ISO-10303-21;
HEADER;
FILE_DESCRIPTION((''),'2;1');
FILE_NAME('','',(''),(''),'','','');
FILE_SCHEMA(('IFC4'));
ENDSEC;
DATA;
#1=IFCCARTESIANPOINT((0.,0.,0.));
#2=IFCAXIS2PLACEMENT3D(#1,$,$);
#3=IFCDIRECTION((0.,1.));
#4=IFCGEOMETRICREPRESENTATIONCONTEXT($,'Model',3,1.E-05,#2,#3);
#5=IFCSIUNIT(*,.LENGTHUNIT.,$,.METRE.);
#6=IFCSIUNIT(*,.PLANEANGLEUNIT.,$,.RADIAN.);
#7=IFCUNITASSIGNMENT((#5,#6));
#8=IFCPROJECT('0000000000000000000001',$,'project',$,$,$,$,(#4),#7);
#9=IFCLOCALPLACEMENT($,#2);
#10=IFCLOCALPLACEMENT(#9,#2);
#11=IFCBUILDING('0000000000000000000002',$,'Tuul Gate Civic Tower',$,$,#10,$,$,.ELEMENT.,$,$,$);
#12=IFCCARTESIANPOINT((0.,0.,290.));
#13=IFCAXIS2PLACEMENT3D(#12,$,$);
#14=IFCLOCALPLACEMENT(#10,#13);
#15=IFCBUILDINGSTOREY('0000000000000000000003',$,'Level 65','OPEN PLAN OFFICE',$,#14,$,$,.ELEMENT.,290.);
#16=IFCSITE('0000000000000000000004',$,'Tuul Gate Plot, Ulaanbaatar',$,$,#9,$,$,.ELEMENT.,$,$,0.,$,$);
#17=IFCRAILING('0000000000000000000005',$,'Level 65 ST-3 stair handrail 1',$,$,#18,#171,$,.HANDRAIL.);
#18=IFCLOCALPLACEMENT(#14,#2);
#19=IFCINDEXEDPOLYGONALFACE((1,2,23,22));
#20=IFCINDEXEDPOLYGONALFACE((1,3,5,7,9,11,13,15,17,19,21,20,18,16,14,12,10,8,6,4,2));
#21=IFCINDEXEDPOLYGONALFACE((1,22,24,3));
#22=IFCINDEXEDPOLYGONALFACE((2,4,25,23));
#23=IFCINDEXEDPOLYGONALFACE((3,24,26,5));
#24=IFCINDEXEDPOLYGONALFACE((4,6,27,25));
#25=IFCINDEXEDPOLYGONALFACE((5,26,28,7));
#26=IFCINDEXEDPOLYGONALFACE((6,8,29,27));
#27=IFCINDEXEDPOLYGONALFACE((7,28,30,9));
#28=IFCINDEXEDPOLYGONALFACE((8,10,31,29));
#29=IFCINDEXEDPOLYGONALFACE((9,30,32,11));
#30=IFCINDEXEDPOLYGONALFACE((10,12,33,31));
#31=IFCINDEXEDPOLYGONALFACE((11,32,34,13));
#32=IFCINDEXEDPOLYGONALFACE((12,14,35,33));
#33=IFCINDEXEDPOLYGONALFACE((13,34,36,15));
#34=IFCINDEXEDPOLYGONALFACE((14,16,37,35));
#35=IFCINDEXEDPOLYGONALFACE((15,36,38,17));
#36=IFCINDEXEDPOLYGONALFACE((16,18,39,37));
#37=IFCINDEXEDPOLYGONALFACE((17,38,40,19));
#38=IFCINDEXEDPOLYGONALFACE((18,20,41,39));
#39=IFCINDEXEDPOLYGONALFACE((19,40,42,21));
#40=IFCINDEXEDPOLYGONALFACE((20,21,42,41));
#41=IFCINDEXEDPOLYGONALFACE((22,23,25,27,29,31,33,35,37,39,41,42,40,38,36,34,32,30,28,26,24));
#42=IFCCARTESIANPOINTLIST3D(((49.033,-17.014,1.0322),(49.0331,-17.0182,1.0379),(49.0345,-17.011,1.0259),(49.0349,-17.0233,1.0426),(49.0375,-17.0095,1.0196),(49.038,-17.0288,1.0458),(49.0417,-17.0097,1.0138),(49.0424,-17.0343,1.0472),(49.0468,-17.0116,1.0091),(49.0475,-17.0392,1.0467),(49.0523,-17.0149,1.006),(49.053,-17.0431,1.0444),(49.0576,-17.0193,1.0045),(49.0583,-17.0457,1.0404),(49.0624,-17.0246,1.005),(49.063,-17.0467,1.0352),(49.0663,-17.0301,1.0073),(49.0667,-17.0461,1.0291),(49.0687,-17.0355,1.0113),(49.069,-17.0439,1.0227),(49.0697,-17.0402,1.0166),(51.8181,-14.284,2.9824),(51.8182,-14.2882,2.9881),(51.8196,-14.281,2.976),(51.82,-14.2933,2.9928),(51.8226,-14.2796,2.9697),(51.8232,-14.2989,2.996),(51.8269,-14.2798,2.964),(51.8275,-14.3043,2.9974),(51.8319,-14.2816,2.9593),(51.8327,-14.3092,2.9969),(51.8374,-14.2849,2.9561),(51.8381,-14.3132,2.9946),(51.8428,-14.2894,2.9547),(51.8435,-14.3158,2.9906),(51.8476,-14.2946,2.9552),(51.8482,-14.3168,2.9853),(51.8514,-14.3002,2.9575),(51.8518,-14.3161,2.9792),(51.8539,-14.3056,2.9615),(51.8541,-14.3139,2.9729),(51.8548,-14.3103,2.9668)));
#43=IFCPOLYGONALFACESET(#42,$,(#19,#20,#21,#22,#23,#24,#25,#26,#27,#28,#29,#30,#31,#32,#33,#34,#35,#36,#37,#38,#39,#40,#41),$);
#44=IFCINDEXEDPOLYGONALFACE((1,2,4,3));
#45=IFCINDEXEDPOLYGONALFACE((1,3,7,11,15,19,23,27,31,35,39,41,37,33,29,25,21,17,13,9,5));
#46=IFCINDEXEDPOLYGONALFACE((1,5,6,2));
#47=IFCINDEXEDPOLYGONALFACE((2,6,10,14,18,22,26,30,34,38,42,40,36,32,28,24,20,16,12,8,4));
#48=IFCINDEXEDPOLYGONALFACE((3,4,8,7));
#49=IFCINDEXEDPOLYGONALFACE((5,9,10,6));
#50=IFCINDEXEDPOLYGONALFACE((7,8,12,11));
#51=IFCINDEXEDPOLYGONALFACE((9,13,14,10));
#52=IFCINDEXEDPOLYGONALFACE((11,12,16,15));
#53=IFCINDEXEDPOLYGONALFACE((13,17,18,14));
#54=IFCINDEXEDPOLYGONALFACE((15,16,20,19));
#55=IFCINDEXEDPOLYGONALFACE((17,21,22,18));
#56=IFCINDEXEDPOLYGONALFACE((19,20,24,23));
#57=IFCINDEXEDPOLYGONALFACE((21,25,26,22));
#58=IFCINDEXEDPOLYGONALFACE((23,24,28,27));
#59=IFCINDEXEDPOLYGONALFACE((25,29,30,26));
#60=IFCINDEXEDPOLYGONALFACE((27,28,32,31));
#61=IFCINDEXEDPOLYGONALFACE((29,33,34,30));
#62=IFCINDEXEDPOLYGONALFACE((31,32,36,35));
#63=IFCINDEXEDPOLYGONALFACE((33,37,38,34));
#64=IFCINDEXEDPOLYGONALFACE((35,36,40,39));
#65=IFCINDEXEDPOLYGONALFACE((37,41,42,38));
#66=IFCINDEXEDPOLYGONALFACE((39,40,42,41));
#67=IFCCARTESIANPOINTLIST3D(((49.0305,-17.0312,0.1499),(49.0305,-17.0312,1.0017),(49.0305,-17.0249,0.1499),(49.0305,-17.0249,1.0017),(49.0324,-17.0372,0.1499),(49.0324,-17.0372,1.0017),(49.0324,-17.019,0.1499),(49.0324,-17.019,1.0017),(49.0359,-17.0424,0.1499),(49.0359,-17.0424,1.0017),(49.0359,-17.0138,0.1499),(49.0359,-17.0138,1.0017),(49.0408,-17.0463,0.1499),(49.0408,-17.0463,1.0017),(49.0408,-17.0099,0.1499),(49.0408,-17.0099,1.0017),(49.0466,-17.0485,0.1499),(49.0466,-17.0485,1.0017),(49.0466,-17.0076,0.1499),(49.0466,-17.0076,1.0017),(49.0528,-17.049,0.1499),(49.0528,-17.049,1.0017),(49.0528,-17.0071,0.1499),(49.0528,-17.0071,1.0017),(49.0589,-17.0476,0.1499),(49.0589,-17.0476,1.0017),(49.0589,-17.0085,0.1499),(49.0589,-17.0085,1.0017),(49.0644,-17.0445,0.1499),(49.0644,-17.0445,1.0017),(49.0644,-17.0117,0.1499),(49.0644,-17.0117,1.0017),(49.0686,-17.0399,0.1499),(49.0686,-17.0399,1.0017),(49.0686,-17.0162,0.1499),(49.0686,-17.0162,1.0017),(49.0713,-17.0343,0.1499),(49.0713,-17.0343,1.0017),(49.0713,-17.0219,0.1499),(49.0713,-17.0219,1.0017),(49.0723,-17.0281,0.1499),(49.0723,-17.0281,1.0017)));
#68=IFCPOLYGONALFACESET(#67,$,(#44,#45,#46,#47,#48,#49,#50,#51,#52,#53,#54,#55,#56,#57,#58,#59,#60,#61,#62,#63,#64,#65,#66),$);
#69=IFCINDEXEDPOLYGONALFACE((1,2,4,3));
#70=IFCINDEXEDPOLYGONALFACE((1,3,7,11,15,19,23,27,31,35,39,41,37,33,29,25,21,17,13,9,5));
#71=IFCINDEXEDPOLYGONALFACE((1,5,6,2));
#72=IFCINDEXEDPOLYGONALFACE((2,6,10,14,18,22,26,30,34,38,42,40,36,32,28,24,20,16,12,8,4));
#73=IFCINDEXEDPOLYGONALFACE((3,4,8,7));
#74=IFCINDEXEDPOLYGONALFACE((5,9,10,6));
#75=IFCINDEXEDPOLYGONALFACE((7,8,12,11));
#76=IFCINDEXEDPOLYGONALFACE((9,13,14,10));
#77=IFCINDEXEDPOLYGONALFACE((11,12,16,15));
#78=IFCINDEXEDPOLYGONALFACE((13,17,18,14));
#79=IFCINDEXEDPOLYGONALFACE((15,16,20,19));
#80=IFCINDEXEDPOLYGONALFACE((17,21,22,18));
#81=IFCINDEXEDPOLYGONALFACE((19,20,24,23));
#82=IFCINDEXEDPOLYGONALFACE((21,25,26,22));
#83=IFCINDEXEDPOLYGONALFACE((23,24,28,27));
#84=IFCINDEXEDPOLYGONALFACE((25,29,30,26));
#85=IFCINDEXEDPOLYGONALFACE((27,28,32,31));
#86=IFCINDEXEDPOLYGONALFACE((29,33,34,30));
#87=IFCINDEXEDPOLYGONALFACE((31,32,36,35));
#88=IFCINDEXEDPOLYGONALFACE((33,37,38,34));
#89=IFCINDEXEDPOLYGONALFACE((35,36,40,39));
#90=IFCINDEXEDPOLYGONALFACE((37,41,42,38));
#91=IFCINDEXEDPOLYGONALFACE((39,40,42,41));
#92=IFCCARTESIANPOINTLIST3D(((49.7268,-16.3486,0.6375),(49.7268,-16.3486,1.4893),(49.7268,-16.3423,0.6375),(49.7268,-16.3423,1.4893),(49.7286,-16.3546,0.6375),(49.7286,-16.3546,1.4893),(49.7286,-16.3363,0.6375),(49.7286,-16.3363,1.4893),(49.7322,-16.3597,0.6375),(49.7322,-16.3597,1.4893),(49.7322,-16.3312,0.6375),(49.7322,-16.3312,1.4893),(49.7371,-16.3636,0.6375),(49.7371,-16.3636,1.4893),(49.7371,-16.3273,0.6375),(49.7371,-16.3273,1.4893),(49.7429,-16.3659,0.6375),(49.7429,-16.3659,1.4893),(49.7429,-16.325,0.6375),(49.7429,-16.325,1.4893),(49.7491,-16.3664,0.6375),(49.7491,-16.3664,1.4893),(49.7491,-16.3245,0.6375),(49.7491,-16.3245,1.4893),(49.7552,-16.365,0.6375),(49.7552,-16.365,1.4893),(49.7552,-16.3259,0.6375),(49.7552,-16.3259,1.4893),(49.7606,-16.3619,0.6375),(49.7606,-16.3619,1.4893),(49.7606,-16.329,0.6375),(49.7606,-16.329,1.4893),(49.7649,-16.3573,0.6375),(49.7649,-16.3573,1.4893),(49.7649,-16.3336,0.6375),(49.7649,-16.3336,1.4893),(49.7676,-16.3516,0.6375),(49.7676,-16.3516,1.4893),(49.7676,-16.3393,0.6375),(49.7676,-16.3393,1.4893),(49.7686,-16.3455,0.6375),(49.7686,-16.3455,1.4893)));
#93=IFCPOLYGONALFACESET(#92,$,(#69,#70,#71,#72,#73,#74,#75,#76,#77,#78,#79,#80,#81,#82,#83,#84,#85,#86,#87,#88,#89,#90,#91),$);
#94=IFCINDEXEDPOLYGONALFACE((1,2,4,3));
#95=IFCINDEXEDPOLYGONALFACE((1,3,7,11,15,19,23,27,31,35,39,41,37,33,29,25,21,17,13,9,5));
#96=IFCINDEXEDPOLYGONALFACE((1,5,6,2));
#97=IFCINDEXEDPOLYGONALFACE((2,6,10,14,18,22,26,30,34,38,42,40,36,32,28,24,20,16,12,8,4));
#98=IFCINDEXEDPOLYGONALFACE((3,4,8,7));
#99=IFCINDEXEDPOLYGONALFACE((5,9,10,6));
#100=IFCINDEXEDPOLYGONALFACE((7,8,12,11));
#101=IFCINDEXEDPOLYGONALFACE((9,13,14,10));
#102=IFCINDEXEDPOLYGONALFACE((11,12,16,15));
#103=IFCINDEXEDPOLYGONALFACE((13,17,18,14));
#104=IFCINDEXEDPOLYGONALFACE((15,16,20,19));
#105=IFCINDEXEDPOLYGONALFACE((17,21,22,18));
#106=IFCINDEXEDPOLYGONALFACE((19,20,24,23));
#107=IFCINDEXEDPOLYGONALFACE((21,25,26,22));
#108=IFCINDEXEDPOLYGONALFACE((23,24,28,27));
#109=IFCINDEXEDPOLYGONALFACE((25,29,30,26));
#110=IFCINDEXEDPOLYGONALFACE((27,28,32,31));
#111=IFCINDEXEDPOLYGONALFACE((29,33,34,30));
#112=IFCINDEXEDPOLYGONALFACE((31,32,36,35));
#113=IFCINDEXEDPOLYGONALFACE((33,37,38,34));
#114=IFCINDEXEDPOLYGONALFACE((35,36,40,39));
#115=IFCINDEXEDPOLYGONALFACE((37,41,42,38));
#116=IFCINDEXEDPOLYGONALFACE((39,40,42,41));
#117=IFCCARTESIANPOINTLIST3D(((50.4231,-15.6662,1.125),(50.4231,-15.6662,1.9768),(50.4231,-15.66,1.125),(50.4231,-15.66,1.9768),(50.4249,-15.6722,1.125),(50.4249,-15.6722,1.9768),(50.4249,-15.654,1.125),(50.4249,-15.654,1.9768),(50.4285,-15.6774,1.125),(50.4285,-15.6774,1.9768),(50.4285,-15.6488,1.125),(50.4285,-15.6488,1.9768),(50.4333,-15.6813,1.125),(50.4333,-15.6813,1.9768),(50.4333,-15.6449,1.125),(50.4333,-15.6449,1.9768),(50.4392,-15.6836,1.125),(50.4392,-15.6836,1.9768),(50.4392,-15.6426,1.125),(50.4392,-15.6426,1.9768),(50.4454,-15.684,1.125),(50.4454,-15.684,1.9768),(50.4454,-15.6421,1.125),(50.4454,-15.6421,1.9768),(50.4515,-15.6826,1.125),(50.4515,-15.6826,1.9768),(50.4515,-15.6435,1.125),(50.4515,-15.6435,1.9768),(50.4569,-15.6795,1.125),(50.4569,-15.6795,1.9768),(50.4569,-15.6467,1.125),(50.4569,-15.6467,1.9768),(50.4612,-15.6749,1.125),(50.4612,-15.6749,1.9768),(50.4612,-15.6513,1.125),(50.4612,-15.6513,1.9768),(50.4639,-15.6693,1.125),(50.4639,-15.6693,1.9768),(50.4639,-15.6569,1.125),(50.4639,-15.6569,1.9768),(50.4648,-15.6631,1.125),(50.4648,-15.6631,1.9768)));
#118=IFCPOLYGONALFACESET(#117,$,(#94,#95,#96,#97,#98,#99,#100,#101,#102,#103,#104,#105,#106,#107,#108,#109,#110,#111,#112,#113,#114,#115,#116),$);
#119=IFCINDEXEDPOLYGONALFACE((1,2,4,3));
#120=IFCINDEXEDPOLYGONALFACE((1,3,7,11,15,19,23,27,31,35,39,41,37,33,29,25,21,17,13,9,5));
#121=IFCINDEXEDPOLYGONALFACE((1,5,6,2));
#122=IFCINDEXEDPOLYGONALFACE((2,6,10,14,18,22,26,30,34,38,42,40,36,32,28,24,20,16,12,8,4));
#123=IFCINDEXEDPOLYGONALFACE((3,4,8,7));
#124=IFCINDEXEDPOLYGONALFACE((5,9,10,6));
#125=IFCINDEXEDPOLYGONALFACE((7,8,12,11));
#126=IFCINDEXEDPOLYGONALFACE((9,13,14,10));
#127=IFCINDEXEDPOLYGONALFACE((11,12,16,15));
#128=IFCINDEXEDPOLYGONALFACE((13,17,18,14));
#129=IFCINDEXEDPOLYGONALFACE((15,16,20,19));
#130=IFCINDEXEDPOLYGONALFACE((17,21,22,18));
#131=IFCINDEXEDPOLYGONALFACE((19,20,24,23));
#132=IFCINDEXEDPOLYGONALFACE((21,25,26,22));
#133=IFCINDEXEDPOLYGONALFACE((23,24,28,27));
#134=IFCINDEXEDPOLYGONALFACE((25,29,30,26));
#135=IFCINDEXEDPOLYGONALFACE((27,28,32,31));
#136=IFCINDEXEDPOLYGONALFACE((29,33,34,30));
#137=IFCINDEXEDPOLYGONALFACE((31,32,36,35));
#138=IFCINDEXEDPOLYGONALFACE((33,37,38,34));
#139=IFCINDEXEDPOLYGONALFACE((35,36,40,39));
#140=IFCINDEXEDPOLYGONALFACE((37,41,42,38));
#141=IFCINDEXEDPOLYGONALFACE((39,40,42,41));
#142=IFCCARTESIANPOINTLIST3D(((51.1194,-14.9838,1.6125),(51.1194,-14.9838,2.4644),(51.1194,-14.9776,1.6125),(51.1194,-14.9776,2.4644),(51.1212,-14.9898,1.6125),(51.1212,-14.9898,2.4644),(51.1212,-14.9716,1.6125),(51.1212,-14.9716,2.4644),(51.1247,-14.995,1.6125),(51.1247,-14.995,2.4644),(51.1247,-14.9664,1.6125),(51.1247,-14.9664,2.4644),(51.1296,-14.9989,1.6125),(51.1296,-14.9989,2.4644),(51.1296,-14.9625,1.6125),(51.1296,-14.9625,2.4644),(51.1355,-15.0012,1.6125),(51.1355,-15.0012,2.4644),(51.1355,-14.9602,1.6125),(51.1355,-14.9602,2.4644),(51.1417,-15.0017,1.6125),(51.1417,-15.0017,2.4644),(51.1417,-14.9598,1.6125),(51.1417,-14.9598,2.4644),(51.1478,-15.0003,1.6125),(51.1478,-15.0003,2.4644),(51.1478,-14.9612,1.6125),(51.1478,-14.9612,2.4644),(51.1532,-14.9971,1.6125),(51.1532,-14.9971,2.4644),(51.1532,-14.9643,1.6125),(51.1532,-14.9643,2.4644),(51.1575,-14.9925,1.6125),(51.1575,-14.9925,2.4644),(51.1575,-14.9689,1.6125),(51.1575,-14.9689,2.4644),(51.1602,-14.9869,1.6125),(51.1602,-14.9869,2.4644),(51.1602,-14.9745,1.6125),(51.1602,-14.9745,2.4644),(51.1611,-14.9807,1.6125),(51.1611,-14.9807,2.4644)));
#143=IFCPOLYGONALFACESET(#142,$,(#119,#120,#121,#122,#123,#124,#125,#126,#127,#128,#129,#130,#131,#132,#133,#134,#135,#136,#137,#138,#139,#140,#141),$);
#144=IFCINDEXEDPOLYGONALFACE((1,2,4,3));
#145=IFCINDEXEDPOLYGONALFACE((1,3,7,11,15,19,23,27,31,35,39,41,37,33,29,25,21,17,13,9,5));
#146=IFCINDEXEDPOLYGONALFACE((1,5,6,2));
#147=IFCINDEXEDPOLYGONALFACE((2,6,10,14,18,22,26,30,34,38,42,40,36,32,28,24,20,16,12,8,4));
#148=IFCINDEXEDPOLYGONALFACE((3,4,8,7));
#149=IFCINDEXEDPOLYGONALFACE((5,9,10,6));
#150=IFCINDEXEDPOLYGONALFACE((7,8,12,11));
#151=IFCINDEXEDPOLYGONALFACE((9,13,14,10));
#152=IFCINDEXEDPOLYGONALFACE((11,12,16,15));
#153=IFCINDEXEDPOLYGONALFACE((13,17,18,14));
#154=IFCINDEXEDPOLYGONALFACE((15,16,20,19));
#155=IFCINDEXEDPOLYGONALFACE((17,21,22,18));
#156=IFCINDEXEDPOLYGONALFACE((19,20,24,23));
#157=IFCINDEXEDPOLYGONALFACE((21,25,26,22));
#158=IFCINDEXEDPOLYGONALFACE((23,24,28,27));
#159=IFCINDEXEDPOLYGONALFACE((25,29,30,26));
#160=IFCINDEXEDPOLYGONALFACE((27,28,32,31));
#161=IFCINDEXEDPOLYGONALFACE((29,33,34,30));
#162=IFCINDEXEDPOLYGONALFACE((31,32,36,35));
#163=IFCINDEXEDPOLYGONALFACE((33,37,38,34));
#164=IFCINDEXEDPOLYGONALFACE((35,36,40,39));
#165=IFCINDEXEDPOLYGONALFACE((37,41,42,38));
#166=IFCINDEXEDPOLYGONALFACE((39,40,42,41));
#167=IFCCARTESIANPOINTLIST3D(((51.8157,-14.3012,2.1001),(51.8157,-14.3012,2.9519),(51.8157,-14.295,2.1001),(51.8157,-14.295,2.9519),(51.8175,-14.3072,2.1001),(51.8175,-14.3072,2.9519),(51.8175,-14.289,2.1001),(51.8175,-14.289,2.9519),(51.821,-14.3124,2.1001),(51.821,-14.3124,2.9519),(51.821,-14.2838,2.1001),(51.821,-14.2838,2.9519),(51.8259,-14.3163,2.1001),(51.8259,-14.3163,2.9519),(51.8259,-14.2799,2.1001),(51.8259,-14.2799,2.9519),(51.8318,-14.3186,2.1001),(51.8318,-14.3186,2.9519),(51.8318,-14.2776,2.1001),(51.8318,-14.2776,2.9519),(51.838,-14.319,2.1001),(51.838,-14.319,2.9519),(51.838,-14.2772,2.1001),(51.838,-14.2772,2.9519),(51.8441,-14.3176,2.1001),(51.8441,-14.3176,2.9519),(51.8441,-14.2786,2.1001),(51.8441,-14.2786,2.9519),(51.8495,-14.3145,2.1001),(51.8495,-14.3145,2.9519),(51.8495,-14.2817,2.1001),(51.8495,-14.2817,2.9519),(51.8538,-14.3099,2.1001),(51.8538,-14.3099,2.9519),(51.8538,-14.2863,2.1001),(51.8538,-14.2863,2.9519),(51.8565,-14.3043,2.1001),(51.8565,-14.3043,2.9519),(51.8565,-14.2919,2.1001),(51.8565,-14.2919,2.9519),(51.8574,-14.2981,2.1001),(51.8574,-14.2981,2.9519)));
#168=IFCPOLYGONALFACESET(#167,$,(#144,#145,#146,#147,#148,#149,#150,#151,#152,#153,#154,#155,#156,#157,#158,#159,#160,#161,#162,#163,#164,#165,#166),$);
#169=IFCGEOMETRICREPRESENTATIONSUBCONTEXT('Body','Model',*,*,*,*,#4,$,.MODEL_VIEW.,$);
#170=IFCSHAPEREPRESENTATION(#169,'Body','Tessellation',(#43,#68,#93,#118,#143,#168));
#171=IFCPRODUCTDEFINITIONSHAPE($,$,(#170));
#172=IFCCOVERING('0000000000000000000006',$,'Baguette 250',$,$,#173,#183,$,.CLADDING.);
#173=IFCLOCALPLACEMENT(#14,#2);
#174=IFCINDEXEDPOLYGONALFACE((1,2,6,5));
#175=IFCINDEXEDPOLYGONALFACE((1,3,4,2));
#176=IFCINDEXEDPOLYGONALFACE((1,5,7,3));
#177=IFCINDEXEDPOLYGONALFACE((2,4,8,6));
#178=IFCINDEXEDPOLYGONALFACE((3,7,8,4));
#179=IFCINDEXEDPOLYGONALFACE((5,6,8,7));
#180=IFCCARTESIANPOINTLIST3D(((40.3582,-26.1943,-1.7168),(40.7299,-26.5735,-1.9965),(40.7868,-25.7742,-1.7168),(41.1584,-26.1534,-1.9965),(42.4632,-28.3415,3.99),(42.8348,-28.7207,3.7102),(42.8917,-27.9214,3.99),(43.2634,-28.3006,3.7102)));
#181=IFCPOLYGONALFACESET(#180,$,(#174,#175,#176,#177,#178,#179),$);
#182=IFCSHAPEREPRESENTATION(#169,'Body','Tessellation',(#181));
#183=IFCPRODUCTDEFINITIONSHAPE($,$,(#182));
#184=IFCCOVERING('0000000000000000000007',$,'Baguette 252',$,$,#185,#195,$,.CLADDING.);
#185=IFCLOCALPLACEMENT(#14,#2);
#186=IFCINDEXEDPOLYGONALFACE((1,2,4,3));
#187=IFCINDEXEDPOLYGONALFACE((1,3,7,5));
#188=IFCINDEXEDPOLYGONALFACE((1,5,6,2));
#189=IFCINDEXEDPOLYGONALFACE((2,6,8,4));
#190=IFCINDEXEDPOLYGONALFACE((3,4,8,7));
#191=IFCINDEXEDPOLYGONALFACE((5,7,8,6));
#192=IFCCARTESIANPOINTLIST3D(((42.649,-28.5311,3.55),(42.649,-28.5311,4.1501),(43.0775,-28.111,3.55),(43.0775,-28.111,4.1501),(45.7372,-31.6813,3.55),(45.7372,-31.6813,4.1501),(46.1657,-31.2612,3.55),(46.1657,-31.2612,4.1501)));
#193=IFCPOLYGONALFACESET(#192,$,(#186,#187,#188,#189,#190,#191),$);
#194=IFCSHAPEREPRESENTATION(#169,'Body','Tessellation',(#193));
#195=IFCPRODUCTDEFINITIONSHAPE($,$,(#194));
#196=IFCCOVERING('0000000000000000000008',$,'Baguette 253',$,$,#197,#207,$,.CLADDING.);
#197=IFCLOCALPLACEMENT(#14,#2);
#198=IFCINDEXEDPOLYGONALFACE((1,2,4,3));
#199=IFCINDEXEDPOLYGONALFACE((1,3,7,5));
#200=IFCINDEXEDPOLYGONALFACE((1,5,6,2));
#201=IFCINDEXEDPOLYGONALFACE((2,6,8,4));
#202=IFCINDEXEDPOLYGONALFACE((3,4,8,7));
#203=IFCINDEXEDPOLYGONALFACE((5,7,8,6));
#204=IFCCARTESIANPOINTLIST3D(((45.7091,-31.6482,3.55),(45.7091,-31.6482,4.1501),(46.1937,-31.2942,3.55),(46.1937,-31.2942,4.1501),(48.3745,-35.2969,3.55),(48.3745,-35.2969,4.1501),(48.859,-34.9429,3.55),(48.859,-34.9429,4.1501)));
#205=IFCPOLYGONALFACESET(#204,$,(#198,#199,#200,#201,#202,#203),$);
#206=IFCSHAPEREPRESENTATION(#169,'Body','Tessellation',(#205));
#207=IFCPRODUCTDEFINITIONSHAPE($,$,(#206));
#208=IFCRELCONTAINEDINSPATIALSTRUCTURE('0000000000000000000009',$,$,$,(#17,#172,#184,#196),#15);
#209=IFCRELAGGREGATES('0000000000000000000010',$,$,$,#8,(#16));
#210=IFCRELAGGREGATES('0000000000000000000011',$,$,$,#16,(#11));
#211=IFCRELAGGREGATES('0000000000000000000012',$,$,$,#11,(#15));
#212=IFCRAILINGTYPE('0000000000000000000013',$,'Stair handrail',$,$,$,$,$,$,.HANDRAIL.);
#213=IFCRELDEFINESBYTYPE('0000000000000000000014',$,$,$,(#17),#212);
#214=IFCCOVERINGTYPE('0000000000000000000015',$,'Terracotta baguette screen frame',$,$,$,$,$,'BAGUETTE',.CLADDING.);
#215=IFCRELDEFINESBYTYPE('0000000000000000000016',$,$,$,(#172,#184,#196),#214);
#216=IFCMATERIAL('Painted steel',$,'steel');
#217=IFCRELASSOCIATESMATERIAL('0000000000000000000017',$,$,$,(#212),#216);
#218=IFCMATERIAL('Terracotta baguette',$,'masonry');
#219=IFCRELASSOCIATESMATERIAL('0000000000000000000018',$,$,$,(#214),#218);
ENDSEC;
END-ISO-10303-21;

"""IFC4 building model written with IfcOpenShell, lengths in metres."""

from ifc_helpers import new_model, si_unit, direction, frame, origin, origin_2d, place, context, subcontext, project, spatial, rectangle, circle, extrude, material, material_profile, profile_set, type_object, element, save


model = new_model("IFC4")

# Units and contexts
model_context = context("Model", 3, precision=1e-05, world=origin(), true_north=direction((0.0, 1.0)))
body_context = subcontext(model_context, "Body", "Model", "MODEL_VIEW")
ifc_project = project(units=[si_unit("LENGTHUNIT", "METRE"), si_unit("PLANEANGLEUNIT", "RADIAN")], contexts=[model_context])

# Site, building, storey
site_placement = place(None, origin())
site = spatial("IfcSite", under=ifc_project, at=site_placement, Name="Tuul Gate Plot, Ulaanbaatar", CompositionType="ELEMENT", RefElevation=0.0)
building_placement = place(site_placement, origin())
building = spatial("IfcBuilding", under=site, at=building_placement, Name="Tuul Gate Civic Tower", CompositionType="ELEMENT")
storey_placement = place(building_placement, frame((0.0, 0.0, 290.0)))
storey = spatial("IfcBuildingStorey", under=building, at=storey_placement, Name="Level 65", Description="OPEN PLAN OFFICE", CompositionType="ELEMENT", Elevation=290.0)

# Railing
ifc_material_1 = material(Name="Painted steel", Category="steel")
railing_type = type_object("IfcRailingType", Name="Stair handrail", PredefinedType="HANDRAIL", material=ifc_material_1)
railing_placement = place(storey_placement, frame((49.0513, -17.0281, 0.1499)))
element("IfcRailing", 1, at=railing_placement, inside=storey, type_object=railing_type, Name="Level 65 ST-3 stair handrail 1", PredefinedType="HANDRAIL", context=body_context, shape_type="SweptSolid", body=[
    extrude(circle(Radius=0.0239, at=origin_2d()), frame((0.0, 0.0, 0.876), z_axis=(0.638738, 0.626084, 0.447251), x_axis=(-0.699998, 0.714145, 0.0)), (0.0, 0.0, 1.0), 4.3604),
    extrude(circle(Radius=0.021, at=origin_2d()), origin(), (0.0, 0.0, 1.0), 0.8518),
    extrude(circle(Radius=0.021, at=origin_2d()), frame((0.6963, 0.6826, 0.4875)), (0.0, 0.0, 1.0), 0.8518),
    extrude(circle(Radius=0.021, at=origin_2d()), frame((1.3926, 1.365, 0.9751)), (0.0, 0.0, 1.0), 0.8518),
    extrude(circle(Radius=0.021, at=origin_2d()), frame((2.0889, 2.0474, 1.4626)), (0.0, 0.0, 1.0), 0.8518),
    extrude(circle(Radius=0.021, at=origin_2d()), frame((2.7852, 2.73, 1.9502)), (0.0, 0.0, 1.0), 0.8518),
])

# Coverings
ifc_material_2 = material(Name="Terracotta baguette", Category="masonry")
ifc_material_profile_1 = material_profile(ifc_material_2, rectangle(XDim=0.6001, YDim=0.6001, at=origin_2d()), Name="Terracotta baguette screen frame")
ifc_profile_set_1 = profile_set([ifc_material_profile_1], Name="Terracotta baguette")
covering_type = type_object("IfcCoveringType", Name="Terracotta baguette screen frame", ElementType="BAGUETTE", PredefinedType="CLADDING", material=ifc_profile_set_1)
covering_1_placement = place(storey_placement, frame((42.8633, -28.321, 3.8501), z_axis=(-0.326328, 0.332876, -0.884705), x_axis=(-0.714095, -0.700049, 0.0)))
element("IfcCovering", 2, at=covering_1_placement, inside=storey, type_object=covering_type, Name="Baguette 250", PredefinedType="CLADDING", context=body_context, shape_type="SweptSolid", body=[
    extrude(rectangle(XDim=0.6001, YDim=0.6001, at=origin_2d()), origin(), (0.0, 0.0, 1.0), 6.4504),
])
covering_2_placement = place(storey_placement, frame((42.8633, -28.321, 3.8501), z_axis=(0.700043, -0.714101, 0.0), x_axis=(0.714101, 0.700043, 0.0)))
element("IfcCovering", 3, at=covering_2_placement, inside=storey, type_object=covering_type, Name="Baguette 252", PredefinedType="CLADDING", context=body_context, shape_type="SweptSolid", body=[
    extrude(rectangle(XDim=0.6001, YDim=0.6001, at=origin_2d()), origin(), (0.0, 0.0, 1.0), 4.4114),
])
covering_3_placement = place(storey_placement, frame((45.9514, -31.4712, 3.8501), z_axis=(0.589863, -0.807503, 0.0), x_axis=(0.807503, 0.589863, 0.0)))
element("IfcCovering", 4, at=covering_3_placement, inside=storey, type_object=covering_type, Name="Baguette 253", PredefinedType="CLADDING", context=body_context, shape_type="SweptSolid", body=[
    extrude(rectangle(XDim=0.6001, YDim=0.6001, at=origin_2d()), origin(), (0.0, 0.0, 1.0), 4.5186),
])

save(model, "model.ifc")
